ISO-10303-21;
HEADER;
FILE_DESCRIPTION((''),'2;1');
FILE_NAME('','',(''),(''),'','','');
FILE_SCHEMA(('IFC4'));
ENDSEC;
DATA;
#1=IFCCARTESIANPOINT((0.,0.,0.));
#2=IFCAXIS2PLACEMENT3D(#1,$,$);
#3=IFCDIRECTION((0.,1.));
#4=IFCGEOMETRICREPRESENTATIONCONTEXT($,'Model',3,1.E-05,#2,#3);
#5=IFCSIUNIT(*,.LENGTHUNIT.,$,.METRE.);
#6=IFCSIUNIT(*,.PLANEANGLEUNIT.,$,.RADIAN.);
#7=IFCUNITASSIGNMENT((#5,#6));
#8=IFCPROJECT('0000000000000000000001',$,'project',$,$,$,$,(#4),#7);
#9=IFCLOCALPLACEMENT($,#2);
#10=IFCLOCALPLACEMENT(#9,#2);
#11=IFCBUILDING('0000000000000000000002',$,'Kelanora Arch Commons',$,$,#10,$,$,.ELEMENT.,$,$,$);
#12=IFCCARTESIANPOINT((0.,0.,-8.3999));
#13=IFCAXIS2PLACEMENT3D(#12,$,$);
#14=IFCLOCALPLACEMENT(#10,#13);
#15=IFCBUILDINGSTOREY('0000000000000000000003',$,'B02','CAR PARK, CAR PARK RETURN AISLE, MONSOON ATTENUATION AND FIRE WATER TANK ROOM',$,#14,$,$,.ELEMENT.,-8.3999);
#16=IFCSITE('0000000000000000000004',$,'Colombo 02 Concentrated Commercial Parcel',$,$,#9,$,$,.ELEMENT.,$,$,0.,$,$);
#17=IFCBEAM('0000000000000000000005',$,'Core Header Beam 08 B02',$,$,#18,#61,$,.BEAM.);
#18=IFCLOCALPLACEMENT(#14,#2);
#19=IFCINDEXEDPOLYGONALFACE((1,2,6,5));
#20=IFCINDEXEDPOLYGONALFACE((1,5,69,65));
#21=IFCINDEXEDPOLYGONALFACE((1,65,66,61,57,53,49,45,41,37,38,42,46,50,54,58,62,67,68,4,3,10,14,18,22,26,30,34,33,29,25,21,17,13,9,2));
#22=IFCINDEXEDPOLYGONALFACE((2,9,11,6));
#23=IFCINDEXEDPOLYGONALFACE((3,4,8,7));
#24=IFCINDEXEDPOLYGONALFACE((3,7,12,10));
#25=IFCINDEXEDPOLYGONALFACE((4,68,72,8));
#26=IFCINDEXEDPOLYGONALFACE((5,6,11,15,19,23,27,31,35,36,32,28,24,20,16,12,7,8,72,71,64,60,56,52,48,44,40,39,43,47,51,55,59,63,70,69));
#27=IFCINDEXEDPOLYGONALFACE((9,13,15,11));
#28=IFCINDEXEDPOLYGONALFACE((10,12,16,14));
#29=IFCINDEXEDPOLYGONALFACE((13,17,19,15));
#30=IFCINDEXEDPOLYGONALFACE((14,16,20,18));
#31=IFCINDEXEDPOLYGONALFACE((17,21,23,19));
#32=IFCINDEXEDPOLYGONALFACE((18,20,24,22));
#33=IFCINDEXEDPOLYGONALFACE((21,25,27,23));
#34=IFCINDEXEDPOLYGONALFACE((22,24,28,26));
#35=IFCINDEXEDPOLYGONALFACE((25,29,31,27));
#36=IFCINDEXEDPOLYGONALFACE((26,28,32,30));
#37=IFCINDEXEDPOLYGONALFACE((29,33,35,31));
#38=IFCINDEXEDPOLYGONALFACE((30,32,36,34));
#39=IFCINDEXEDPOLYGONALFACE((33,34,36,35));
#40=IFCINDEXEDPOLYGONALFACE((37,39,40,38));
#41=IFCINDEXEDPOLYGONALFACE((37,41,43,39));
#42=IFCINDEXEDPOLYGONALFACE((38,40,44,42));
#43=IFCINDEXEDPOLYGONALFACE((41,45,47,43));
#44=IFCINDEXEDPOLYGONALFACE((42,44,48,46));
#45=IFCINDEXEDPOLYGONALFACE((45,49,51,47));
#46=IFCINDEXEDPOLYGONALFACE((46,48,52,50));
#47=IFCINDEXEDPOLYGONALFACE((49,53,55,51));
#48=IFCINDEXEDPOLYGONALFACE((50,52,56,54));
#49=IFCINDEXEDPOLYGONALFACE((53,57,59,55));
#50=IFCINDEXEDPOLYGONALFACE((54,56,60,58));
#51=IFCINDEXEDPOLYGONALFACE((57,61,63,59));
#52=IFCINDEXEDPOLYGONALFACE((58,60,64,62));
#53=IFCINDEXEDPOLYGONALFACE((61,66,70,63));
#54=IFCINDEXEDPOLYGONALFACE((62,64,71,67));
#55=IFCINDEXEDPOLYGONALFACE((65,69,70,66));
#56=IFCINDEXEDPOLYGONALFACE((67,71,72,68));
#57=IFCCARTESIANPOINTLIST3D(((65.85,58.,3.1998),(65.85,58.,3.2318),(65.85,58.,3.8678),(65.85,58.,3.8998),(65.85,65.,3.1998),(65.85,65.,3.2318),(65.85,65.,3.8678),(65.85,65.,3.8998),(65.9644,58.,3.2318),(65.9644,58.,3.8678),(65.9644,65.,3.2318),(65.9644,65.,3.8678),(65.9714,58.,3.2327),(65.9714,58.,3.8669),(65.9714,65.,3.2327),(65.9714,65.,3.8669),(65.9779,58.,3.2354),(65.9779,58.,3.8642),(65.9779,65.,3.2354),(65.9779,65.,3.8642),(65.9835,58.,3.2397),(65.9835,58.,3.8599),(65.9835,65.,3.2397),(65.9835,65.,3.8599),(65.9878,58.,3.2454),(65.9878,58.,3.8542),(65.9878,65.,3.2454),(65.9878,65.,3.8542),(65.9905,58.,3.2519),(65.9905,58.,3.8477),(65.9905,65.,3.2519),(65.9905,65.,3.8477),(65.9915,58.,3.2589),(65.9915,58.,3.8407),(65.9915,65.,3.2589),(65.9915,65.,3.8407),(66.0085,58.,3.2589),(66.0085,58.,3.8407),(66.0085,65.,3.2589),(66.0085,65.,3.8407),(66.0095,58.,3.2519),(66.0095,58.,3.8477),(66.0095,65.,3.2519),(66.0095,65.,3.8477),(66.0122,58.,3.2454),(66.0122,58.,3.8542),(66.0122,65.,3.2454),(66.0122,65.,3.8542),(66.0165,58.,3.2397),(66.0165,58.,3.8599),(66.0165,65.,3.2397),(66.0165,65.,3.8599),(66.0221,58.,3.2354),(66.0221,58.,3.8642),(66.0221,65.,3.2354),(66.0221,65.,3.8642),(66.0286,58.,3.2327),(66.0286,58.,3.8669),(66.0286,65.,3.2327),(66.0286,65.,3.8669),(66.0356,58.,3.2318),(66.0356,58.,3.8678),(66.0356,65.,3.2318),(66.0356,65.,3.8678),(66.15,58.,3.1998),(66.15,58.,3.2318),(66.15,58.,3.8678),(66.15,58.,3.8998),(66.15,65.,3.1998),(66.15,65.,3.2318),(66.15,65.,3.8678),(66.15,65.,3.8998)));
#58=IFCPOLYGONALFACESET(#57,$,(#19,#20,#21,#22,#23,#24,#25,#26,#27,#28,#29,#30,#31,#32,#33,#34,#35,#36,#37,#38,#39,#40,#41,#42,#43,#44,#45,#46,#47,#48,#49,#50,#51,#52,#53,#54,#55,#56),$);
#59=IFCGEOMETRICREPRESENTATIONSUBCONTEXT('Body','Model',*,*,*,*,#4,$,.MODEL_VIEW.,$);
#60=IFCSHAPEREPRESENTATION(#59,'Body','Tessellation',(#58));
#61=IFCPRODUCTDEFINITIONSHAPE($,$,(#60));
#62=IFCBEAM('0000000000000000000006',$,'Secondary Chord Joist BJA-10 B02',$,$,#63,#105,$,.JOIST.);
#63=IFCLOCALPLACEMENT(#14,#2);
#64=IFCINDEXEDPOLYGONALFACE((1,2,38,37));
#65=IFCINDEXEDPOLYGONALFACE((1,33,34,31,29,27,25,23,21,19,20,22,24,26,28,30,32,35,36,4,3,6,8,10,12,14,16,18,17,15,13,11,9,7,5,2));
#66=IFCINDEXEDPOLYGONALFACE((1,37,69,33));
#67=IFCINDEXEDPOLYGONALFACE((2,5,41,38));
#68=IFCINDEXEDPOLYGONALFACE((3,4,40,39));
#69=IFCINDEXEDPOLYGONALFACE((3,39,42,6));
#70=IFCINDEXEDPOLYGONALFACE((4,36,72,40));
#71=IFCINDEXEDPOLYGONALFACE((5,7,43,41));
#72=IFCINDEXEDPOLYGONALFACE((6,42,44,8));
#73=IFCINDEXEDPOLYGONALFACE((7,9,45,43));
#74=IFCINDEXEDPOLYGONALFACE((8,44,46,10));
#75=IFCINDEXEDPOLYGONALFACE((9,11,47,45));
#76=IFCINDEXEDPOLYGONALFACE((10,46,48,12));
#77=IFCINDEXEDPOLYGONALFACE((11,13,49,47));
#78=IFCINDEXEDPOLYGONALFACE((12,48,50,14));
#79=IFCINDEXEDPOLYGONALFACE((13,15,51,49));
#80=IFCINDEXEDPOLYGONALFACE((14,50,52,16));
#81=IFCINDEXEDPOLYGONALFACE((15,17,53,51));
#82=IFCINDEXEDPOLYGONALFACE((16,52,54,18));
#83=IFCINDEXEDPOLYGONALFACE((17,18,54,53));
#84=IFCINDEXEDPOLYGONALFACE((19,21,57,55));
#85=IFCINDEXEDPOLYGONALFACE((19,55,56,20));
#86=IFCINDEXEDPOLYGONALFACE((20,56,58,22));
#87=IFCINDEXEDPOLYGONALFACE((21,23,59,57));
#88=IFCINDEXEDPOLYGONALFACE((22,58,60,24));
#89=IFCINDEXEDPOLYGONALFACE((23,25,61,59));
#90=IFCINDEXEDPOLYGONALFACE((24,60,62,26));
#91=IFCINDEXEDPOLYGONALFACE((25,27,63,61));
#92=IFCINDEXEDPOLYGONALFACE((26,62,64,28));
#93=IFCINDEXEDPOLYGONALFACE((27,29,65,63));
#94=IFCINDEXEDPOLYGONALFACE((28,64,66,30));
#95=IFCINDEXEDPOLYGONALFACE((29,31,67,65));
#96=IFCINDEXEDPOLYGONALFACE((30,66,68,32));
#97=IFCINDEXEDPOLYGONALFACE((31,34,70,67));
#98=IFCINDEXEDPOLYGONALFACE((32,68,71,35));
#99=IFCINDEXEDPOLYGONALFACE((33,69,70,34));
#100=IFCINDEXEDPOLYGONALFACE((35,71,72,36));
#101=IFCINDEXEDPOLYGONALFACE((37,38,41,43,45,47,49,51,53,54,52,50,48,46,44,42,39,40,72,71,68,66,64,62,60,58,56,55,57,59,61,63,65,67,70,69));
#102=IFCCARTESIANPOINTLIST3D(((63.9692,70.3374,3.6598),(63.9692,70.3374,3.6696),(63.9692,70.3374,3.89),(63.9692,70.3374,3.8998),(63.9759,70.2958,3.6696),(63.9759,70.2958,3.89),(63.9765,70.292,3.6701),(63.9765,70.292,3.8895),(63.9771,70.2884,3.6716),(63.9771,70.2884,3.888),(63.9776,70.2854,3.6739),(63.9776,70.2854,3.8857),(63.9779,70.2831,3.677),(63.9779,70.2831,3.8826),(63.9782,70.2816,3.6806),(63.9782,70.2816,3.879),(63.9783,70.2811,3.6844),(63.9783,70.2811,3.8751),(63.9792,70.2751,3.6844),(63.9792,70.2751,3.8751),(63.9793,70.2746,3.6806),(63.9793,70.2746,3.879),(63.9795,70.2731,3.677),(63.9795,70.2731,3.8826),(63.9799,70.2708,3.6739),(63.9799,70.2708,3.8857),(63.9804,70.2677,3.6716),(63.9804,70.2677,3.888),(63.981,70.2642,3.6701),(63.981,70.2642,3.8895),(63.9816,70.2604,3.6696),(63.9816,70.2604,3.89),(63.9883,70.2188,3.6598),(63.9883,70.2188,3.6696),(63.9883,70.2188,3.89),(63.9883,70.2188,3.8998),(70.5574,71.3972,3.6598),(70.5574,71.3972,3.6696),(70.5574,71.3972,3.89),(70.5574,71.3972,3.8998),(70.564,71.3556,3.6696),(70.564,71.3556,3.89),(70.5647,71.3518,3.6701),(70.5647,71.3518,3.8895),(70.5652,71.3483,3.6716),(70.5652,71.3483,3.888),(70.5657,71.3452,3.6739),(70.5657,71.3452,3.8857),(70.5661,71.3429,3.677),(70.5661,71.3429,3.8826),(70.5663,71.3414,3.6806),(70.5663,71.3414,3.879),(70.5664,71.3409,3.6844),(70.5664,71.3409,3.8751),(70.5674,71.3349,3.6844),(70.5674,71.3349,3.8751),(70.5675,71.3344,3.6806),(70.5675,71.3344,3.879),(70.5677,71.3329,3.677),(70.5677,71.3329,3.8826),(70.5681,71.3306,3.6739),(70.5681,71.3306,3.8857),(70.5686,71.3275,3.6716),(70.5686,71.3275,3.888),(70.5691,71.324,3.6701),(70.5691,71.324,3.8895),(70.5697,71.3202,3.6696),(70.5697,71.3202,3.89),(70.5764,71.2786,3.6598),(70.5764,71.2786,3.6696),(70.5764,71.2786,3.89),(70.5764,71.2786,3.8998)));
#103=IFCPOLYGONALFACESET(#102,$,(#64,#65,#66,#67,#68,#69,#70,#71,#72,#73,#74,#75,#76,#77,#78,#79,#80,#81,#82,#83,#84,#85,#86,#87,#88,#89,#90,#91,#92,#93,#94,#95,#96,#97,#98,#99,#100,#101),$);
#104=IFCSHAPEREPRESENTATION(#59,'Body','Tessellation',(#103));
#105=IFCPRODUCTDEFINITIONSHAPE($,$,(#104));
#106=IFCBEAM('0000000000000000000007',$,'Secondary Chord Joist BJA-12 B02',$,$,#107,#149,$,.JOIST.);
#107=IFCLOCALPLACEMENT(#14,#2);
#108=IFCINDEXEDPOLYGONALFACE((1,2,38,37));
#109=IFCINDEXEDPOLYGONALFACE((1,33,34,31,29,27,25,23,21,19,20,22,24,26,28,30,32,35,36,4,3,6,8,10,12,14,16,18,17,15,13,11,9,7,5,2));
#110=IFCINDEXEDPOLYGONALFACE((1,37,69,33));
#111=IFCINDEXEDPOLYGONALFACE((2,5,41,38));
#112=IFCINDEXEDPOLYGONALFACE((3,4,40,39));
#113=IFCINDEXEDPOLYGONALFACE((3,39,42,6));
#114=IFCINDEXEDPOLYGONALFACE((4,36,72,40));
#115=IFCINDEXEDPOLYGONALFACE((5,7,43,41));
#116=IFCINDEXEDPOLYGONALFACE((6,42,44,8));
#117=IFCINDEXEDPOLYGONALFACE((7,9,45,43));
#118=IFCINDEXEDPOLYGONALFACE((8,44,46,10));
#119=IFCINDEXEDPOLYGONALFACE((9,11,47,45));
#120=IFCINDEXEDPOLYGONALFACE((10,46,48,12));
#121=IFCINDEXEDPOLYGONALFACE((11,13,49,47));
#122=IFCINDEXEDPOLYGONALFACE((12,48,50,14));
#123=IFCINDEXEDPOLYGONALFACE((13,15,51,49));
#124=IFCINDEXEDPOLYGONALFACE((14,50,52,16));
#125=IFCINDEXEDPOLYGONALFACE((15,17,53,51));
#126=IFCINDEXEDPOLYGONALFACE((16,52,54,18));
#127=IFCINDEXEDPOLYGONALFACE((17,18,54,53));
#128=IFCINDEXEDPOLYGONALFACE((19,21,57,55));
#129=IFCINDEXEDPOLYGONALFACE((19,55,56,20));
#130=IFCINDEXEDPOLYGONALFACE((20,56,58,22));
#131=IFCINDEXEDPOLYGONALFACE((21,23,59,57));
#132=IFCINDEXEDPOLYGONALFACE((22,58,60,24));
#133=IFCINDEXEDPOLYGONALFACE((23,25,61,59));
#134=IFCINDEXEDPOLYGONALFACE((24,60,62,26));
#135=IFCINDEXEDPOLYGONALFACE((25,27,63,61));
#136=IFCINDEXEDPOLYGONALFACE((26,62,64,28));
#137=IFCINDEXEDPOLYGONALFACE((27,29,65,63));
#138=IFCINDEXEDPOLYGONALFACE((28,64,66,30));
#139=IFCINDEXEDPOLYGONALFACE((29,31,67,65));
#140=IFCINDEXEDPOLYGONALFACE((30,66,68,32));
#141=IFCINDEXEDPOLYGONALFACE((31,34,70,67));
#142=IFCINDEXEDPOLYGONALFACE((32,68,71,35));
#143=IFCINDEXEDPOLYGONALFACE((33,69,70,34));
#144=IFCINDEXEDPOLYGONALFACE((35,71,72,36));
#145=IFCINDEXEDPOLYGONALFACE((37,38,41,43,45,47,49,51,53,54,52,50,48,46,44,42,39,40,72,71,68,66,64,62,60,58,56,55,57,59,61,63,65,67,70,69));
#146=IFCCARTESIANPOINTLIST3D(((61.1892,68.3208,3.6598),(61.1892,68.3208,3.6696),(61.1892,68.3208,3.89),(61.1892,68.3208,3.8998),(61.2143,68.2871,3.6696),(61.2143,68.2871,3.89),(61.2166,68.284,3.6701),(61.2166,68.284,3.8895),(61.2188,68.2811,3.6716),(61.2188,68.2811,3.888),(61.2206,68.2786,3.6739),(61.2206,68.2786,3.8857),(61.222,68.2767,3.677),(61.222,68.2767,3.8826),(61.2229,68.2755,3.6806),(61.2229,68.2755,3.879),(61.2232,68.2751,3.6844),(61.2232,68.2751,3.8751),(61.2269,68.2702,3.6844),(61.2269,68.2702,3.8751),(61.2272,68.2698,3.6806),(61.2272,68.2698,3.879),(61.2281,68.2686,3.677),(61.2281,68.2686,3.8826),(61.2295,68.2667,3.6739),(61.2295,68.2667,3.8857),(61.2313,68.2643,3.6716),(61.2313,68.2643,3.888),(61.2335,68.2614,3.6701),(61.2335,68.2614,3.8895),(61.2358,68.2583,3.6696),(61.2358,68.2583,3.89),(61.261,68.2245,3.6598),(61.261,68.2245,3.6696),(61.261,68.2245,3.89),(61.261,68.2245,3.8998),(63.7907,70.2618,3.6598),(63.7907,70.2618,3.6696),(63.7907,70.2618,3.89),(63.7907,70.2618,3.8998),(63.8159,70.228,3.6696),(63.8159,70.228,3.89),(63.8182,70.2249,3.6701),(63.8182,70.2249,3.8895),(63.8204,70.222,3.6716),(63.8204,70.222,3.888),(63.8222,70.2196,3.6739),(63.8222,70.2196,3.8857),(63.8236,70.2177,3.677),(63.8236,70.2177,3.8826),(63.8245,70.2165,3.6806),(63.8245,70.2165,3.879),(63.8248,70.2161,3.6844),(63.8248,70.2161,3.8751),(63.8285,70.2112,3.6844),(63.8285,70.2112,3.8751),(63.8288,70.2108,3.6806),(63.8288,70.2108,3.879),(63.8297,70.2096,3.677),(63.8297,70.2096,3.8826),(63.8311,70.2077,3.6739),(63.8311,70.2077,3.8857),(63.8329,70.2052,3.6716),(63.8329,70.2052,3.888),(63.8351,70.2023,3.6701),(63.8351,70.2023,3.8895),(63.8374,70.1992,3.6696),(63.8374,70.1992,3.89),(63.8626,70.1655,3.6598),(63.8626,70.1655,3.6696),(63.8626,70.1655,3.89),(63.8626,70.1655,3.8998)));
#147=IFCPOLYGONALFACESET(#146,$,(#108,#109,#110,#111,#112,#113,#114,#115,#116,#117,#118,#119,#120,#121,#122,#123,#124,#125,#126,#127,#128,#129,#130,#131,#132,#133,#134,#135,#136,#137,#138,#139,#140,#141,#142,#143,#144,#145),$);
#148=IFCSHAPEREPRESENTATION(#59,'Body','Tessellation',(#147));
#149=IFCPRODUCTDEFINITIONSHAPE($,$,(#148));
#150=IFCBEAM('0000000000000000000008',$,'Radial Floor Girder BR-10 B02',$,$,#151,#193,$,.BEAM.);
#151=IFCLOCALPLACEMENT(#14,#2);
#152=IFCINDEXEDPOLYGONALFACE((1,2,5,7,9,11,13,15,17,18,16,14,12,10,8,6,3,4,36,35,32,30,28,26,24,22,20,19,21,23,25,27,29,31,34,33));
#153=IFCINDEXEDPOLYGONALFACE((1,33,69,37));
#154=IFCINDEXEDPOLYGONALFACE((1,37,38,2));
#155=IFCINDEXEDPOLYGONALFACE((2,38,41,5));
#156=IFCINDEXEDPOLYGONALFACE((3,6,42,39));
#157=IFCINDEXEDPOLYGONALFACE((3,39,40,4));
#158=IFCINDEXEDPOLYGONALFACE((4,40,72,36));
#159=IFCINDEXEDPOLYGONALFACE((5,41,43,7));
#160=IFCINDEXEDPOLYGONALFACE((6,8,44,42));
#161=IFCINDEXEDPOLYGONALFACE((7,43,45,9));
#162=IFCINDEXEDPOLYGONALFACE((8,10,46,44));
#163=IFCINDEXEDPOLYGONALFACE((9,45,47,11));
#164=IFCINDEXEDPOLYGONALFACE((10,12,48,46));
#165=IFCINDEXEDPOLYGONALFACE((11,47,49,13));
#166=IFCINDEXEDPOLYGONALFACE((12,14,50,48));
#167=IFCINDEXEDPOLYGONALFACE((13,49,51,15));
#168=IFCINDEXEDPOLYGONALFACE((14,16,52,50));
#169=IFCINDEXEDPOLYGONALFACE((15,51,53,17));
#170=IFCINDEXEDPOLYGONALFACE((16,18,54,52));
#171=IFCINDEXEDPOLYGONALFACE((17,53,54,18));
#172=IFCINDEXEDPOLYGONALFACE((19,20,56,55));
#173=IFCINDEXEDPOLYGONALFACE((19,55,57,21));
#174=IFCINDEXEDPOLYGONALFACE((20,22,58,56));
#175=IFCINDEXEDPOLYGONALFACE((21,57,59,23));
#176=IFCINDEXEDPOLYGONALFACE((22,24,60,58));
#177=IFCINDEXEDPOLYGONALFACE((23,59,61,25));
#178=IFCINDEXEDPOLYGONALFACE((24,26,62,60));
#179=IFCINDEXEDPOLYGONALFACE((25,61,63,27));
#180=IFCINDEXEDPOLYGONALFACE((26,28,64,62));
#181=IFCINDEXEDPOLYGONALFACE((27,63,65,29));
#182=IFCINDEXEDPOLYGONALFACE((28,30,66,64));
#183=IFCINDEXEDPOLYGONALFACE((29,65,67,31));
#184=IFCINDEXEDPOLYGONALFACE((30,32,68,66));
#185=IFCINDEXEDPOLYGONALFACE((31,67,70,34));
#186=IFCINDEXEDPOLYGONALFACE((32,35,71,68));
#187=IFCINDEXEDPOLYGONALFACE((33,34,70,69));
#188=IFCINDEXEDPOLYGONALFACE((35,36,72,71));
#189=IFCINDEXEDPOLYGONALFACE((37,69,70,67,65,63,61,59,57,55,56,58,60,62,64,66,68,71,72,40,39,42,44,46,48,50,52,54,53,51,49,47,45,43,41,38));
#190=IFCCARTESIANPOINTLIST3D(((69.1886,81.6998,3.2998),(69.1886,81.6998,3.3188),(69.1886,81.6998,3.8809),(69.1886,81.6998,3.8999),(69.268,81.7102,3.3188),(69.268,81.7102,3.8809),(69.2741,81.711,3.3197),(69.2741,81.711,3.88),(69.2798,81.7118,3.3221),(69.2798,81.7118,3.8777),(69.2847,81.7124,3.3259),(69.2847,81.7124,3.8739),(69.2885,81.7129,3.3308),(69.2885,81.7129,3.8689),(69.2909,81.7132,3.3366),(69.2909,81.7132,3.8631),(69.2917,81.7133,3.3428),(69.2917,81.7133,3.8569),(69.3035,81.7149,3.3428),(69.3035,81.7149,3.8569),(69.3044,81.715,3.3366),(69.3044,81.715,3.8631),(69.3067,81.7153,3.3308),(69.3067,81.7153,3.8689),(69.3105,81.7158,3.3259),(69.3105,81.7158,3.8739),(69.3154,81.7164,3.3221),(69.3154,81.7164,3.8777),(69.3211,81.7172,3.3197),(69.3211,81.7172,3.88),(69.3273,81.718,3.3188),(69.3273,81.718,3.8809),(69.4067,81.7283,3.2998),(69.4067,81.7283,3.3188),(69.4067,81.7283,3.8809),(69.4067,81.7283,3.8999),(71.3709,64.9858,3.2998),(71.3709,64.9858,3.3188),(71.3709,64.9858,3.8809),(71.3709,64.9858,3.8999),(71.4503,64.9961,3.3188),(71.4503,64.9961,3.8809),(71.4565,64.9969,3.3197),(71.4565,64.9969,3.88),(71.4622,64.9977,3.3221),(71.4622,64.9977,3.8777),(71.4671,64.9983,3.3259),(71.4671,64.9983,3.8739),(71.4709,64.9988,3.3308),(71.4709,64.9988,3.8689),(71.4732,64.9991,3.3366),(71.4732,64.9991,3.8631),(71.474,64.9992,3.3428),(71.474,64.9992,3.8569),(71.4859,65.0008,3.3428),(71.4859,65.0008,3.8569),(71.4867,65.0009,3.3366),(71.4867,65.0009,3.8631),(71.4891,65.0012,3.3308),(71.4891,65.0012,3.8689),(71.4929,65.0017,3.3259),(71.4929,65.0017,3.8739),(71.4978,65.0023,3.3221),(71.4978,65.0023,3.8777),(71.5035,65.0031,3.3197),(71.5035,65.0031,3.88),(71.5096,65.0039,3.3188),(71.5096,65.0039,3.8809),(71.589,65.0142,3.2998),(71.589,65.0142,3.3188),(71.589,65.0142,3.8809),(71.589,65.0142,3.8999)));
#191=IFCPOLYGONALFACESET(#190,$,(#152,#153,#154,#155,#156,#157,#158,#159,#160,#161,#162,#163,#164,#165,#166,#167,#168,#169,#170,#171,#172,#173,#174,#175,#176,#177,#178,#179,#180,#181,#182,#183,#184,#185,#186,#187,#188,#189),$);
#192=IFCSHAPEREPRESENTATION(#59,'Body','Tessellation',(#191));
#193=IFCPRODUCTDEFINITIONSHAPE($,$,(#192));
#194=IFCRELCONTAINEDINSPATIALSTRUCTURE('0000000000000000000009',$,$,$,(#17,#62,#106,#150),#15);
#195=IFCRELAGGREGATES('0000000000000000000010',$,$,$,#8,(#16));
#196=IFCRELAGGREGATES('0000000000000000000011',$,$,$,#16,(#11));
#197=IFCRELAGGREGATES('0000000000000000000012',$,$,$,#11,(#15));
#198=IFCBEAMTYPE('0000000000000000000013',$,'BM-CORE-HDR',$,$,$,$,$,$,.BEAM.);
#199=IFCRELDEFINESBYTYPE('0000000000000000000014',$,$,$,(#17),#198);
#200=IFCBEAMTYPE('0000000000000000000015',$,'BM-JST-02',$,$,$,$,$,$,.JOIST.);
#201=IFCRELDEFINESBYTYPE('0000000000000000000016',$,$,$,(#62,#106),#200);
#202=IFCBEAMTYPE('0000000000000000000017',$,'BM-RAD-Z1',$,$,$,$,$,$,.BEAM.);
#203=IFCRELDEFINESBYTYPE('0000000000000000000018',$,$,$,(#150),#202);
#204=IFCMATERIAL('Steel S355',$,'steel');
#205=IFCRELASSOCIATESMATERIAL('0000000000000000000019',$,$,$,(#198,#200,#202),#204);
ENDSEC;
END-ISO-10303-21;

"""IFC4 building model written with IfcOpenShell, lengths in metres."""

from ifc_helpers import new_model, si_unit, direction, frame, origin, origin_2d, place, context, subcontext, project, spatial, i_section, extrude, material, material_profile, profile_set, type_object, element, save


model = new_model("IFC4")

# Units and contexts
model_context = context("Model", 3, precision=1e-05, world=origin(), true_north=direction((0.0, 1.0)))
body_context = subcontext(model_context, "Body", "Model", "MODEL_VIEW")
ifc_project = project(units=[si_unit("LENGTHUNIT", "METRE"), si_unit("PLANEANGLEUNIT", "RADIAN")], contexts=[model_context])

# Site, building, storey
site_placement = place(None, origin())
site = spatial("IfcSite", under=ifc_project, at=site_placement, Name="Colombo 02 Concentrated Commercial Parcel", CompositionType="ELEMENT", RefElevation=0.0)
building_placement = place(site_placement, origin())
building = spatial("IfcBuilding", under=site, at=building_placement, Name="Kelanora Arch Commons", CompositionType="ELEMENT")
storey_placement = place(building_placement, frame((0.0, 0.0, -8.3999)))
storey = spatial("IfcBuildingStorey", under=building, at=storey_placement, Name="B02", Description="CAR PARK, CAR PARK RETURN AISLE, MONSOON ATTENUATION AND FIRE WATER TANK ROOM", CompositionType="ELEMENT", Elevation=-8.3999)

# Beams
ifc_material_1 = material(Name="Steel S355", Category="steel")
ifc_material_profile_1 = material_profile(ifc_material_1, i_section(OverallWidth=0.3, OverallDepth=0.7, WebThickness=0.0171, FlangeThickness=0.032, FilletRadius=0.0271, at=origin_2d()), Name="HEB700")
ifc_profile_set_1 = profile_set([ifc_material_profile_1], Name="Steel S355")
beam_type_1 = type_object("IfcBeamType", Name="BM-CORE-HDR", PredefinedType="BEAM", material=ifc_profile_set_1)
beam_1_placement = place(storey_placement, frame((66.0, 65.0, 3.5498), z_axis=(0.0, -1.0, 0.0), x_axis=(1.0, 0.0, 0.0)))
element("IfcBeam", 1, at=beam_1_placement, inside=storey, type_object=beam_type_1, Name="Core Header Beam 08 B02", PredefinedType="BEAM", context=body_context, shape_type="SweptSolid", body=[
    extrude(i_section(OverallWidth=0.3, OverallDepth=0.7, WebThickness=0.0171, FlangeThickness=0.032, FilletRadius=0.0271, at=origin_2d()), origin(), (0.0, 0.0, 1.0), 7.0),
])
ifc_material_profile_2 = material_profile(ifc_material_1, i_section(OverallWidth=0.1201, OverallDepth=0.24, WebThickness=0.0061, FlangeThickness=0.0098, FilletRadius=0.0149, at=origin_2d()), Name="IPE240")
ifc_profile_set_2 = profile_set([ifc_material_profile_2], Name="Steel S355")
beam_type_2 = type_object("IfcBeamType", Name="BM-JST-02", PredefinedType="JOIST", material=ifc_profile_set_2)
beam_2_placement = place(storey_placement, frame((70.5669, 71.3379, 3.7798), z_axis=(-0.987307, -0.158825, 0.0), x_axis=(0.158825, -0.987307, 0.0)))
element("IfcBeam", 2, at=beam_2_placement, inside=storey, type_object=beam_type_2, Name="Secondary Chord Joist BJA-10 B02", PredefinedType="JOIST", context=body_context, shape_type="SweptSolid", body=[
    extrude(i_section(OverallWidth=0.1201, OverallDepth=0.24, WebThickness=0.0061, FlangeThickness=0.0098, FilletRadius=0.0149, at=origin_2d()), origin(), (0.0, 0.0, 1.0), 6.6729),
])
beam_3_placement = place(storey_placement, frame((63.8267, 70.2136, 3.7798), z_axis=(-0.801514, -0.597976, 0.0), x_axis=(0.597976, -0.801514, 0.0)))
element("IfcBeam", 3, at=beam_3_placement, inside=storey, type_object=beam_type_2, Name="Secondary Chord Joist BJA-12 B02", PredefinedType="JOIST", context=body_context, shape_type="SweptSolid", body=[
    extrude(i_section(OverallWidth=0.1201, OverallDepth=0.24, WebThickness=0.0061, FlangeThickness=0.0098, FilletRadius=0.0149, at=origin_2d()), origin(), (0.0, 0.0, 1.0), 3.2458),
])
ifc_material_profile_3 = material_profile(ifc_material_1, i_section(OverallWidth=0.22, OverallDepth=0.6001, WebThickness=0.012, FlangeThickness=0.019, FilletRadius=0.0239, at=origin_2d()), Name="IPE600")
ifc_profile_set_3 = profile_set([ifc_material_profile_3], Name="Steel S355")
beam_type_3 = type_object("IfcBeamType", Name="BM-RAD-Z1", PredefinedType="BEAM", material=ifc_profile_set_3)
beam_4_placement = place(storey_placement, frame((71.48, 65.0, 3.5999), z_axis=(-0.129472, 0.991583, 0.0), x_axis=(-0.991583, -0.129472, 0.0)))
element("IfcBeam", 4, at=beam_4_placement, inside=storey, type_object=beam_type_3, Name="Radial Floor Girder BR-10 B02", PredefinedType="BEAM", context=body_context, shape_type="SweptSolid", body=[
    extrude(i_section(OverallWidth=0.22, OverallDepth=0.6001, WebThickness=0.012, FlangeThickness=0.019, FilletRadius=0.0239, at=origin_2d()), origin(), (0.0, 0.0, 1.0), 16.856),
])

save(model, "model.ifc")
